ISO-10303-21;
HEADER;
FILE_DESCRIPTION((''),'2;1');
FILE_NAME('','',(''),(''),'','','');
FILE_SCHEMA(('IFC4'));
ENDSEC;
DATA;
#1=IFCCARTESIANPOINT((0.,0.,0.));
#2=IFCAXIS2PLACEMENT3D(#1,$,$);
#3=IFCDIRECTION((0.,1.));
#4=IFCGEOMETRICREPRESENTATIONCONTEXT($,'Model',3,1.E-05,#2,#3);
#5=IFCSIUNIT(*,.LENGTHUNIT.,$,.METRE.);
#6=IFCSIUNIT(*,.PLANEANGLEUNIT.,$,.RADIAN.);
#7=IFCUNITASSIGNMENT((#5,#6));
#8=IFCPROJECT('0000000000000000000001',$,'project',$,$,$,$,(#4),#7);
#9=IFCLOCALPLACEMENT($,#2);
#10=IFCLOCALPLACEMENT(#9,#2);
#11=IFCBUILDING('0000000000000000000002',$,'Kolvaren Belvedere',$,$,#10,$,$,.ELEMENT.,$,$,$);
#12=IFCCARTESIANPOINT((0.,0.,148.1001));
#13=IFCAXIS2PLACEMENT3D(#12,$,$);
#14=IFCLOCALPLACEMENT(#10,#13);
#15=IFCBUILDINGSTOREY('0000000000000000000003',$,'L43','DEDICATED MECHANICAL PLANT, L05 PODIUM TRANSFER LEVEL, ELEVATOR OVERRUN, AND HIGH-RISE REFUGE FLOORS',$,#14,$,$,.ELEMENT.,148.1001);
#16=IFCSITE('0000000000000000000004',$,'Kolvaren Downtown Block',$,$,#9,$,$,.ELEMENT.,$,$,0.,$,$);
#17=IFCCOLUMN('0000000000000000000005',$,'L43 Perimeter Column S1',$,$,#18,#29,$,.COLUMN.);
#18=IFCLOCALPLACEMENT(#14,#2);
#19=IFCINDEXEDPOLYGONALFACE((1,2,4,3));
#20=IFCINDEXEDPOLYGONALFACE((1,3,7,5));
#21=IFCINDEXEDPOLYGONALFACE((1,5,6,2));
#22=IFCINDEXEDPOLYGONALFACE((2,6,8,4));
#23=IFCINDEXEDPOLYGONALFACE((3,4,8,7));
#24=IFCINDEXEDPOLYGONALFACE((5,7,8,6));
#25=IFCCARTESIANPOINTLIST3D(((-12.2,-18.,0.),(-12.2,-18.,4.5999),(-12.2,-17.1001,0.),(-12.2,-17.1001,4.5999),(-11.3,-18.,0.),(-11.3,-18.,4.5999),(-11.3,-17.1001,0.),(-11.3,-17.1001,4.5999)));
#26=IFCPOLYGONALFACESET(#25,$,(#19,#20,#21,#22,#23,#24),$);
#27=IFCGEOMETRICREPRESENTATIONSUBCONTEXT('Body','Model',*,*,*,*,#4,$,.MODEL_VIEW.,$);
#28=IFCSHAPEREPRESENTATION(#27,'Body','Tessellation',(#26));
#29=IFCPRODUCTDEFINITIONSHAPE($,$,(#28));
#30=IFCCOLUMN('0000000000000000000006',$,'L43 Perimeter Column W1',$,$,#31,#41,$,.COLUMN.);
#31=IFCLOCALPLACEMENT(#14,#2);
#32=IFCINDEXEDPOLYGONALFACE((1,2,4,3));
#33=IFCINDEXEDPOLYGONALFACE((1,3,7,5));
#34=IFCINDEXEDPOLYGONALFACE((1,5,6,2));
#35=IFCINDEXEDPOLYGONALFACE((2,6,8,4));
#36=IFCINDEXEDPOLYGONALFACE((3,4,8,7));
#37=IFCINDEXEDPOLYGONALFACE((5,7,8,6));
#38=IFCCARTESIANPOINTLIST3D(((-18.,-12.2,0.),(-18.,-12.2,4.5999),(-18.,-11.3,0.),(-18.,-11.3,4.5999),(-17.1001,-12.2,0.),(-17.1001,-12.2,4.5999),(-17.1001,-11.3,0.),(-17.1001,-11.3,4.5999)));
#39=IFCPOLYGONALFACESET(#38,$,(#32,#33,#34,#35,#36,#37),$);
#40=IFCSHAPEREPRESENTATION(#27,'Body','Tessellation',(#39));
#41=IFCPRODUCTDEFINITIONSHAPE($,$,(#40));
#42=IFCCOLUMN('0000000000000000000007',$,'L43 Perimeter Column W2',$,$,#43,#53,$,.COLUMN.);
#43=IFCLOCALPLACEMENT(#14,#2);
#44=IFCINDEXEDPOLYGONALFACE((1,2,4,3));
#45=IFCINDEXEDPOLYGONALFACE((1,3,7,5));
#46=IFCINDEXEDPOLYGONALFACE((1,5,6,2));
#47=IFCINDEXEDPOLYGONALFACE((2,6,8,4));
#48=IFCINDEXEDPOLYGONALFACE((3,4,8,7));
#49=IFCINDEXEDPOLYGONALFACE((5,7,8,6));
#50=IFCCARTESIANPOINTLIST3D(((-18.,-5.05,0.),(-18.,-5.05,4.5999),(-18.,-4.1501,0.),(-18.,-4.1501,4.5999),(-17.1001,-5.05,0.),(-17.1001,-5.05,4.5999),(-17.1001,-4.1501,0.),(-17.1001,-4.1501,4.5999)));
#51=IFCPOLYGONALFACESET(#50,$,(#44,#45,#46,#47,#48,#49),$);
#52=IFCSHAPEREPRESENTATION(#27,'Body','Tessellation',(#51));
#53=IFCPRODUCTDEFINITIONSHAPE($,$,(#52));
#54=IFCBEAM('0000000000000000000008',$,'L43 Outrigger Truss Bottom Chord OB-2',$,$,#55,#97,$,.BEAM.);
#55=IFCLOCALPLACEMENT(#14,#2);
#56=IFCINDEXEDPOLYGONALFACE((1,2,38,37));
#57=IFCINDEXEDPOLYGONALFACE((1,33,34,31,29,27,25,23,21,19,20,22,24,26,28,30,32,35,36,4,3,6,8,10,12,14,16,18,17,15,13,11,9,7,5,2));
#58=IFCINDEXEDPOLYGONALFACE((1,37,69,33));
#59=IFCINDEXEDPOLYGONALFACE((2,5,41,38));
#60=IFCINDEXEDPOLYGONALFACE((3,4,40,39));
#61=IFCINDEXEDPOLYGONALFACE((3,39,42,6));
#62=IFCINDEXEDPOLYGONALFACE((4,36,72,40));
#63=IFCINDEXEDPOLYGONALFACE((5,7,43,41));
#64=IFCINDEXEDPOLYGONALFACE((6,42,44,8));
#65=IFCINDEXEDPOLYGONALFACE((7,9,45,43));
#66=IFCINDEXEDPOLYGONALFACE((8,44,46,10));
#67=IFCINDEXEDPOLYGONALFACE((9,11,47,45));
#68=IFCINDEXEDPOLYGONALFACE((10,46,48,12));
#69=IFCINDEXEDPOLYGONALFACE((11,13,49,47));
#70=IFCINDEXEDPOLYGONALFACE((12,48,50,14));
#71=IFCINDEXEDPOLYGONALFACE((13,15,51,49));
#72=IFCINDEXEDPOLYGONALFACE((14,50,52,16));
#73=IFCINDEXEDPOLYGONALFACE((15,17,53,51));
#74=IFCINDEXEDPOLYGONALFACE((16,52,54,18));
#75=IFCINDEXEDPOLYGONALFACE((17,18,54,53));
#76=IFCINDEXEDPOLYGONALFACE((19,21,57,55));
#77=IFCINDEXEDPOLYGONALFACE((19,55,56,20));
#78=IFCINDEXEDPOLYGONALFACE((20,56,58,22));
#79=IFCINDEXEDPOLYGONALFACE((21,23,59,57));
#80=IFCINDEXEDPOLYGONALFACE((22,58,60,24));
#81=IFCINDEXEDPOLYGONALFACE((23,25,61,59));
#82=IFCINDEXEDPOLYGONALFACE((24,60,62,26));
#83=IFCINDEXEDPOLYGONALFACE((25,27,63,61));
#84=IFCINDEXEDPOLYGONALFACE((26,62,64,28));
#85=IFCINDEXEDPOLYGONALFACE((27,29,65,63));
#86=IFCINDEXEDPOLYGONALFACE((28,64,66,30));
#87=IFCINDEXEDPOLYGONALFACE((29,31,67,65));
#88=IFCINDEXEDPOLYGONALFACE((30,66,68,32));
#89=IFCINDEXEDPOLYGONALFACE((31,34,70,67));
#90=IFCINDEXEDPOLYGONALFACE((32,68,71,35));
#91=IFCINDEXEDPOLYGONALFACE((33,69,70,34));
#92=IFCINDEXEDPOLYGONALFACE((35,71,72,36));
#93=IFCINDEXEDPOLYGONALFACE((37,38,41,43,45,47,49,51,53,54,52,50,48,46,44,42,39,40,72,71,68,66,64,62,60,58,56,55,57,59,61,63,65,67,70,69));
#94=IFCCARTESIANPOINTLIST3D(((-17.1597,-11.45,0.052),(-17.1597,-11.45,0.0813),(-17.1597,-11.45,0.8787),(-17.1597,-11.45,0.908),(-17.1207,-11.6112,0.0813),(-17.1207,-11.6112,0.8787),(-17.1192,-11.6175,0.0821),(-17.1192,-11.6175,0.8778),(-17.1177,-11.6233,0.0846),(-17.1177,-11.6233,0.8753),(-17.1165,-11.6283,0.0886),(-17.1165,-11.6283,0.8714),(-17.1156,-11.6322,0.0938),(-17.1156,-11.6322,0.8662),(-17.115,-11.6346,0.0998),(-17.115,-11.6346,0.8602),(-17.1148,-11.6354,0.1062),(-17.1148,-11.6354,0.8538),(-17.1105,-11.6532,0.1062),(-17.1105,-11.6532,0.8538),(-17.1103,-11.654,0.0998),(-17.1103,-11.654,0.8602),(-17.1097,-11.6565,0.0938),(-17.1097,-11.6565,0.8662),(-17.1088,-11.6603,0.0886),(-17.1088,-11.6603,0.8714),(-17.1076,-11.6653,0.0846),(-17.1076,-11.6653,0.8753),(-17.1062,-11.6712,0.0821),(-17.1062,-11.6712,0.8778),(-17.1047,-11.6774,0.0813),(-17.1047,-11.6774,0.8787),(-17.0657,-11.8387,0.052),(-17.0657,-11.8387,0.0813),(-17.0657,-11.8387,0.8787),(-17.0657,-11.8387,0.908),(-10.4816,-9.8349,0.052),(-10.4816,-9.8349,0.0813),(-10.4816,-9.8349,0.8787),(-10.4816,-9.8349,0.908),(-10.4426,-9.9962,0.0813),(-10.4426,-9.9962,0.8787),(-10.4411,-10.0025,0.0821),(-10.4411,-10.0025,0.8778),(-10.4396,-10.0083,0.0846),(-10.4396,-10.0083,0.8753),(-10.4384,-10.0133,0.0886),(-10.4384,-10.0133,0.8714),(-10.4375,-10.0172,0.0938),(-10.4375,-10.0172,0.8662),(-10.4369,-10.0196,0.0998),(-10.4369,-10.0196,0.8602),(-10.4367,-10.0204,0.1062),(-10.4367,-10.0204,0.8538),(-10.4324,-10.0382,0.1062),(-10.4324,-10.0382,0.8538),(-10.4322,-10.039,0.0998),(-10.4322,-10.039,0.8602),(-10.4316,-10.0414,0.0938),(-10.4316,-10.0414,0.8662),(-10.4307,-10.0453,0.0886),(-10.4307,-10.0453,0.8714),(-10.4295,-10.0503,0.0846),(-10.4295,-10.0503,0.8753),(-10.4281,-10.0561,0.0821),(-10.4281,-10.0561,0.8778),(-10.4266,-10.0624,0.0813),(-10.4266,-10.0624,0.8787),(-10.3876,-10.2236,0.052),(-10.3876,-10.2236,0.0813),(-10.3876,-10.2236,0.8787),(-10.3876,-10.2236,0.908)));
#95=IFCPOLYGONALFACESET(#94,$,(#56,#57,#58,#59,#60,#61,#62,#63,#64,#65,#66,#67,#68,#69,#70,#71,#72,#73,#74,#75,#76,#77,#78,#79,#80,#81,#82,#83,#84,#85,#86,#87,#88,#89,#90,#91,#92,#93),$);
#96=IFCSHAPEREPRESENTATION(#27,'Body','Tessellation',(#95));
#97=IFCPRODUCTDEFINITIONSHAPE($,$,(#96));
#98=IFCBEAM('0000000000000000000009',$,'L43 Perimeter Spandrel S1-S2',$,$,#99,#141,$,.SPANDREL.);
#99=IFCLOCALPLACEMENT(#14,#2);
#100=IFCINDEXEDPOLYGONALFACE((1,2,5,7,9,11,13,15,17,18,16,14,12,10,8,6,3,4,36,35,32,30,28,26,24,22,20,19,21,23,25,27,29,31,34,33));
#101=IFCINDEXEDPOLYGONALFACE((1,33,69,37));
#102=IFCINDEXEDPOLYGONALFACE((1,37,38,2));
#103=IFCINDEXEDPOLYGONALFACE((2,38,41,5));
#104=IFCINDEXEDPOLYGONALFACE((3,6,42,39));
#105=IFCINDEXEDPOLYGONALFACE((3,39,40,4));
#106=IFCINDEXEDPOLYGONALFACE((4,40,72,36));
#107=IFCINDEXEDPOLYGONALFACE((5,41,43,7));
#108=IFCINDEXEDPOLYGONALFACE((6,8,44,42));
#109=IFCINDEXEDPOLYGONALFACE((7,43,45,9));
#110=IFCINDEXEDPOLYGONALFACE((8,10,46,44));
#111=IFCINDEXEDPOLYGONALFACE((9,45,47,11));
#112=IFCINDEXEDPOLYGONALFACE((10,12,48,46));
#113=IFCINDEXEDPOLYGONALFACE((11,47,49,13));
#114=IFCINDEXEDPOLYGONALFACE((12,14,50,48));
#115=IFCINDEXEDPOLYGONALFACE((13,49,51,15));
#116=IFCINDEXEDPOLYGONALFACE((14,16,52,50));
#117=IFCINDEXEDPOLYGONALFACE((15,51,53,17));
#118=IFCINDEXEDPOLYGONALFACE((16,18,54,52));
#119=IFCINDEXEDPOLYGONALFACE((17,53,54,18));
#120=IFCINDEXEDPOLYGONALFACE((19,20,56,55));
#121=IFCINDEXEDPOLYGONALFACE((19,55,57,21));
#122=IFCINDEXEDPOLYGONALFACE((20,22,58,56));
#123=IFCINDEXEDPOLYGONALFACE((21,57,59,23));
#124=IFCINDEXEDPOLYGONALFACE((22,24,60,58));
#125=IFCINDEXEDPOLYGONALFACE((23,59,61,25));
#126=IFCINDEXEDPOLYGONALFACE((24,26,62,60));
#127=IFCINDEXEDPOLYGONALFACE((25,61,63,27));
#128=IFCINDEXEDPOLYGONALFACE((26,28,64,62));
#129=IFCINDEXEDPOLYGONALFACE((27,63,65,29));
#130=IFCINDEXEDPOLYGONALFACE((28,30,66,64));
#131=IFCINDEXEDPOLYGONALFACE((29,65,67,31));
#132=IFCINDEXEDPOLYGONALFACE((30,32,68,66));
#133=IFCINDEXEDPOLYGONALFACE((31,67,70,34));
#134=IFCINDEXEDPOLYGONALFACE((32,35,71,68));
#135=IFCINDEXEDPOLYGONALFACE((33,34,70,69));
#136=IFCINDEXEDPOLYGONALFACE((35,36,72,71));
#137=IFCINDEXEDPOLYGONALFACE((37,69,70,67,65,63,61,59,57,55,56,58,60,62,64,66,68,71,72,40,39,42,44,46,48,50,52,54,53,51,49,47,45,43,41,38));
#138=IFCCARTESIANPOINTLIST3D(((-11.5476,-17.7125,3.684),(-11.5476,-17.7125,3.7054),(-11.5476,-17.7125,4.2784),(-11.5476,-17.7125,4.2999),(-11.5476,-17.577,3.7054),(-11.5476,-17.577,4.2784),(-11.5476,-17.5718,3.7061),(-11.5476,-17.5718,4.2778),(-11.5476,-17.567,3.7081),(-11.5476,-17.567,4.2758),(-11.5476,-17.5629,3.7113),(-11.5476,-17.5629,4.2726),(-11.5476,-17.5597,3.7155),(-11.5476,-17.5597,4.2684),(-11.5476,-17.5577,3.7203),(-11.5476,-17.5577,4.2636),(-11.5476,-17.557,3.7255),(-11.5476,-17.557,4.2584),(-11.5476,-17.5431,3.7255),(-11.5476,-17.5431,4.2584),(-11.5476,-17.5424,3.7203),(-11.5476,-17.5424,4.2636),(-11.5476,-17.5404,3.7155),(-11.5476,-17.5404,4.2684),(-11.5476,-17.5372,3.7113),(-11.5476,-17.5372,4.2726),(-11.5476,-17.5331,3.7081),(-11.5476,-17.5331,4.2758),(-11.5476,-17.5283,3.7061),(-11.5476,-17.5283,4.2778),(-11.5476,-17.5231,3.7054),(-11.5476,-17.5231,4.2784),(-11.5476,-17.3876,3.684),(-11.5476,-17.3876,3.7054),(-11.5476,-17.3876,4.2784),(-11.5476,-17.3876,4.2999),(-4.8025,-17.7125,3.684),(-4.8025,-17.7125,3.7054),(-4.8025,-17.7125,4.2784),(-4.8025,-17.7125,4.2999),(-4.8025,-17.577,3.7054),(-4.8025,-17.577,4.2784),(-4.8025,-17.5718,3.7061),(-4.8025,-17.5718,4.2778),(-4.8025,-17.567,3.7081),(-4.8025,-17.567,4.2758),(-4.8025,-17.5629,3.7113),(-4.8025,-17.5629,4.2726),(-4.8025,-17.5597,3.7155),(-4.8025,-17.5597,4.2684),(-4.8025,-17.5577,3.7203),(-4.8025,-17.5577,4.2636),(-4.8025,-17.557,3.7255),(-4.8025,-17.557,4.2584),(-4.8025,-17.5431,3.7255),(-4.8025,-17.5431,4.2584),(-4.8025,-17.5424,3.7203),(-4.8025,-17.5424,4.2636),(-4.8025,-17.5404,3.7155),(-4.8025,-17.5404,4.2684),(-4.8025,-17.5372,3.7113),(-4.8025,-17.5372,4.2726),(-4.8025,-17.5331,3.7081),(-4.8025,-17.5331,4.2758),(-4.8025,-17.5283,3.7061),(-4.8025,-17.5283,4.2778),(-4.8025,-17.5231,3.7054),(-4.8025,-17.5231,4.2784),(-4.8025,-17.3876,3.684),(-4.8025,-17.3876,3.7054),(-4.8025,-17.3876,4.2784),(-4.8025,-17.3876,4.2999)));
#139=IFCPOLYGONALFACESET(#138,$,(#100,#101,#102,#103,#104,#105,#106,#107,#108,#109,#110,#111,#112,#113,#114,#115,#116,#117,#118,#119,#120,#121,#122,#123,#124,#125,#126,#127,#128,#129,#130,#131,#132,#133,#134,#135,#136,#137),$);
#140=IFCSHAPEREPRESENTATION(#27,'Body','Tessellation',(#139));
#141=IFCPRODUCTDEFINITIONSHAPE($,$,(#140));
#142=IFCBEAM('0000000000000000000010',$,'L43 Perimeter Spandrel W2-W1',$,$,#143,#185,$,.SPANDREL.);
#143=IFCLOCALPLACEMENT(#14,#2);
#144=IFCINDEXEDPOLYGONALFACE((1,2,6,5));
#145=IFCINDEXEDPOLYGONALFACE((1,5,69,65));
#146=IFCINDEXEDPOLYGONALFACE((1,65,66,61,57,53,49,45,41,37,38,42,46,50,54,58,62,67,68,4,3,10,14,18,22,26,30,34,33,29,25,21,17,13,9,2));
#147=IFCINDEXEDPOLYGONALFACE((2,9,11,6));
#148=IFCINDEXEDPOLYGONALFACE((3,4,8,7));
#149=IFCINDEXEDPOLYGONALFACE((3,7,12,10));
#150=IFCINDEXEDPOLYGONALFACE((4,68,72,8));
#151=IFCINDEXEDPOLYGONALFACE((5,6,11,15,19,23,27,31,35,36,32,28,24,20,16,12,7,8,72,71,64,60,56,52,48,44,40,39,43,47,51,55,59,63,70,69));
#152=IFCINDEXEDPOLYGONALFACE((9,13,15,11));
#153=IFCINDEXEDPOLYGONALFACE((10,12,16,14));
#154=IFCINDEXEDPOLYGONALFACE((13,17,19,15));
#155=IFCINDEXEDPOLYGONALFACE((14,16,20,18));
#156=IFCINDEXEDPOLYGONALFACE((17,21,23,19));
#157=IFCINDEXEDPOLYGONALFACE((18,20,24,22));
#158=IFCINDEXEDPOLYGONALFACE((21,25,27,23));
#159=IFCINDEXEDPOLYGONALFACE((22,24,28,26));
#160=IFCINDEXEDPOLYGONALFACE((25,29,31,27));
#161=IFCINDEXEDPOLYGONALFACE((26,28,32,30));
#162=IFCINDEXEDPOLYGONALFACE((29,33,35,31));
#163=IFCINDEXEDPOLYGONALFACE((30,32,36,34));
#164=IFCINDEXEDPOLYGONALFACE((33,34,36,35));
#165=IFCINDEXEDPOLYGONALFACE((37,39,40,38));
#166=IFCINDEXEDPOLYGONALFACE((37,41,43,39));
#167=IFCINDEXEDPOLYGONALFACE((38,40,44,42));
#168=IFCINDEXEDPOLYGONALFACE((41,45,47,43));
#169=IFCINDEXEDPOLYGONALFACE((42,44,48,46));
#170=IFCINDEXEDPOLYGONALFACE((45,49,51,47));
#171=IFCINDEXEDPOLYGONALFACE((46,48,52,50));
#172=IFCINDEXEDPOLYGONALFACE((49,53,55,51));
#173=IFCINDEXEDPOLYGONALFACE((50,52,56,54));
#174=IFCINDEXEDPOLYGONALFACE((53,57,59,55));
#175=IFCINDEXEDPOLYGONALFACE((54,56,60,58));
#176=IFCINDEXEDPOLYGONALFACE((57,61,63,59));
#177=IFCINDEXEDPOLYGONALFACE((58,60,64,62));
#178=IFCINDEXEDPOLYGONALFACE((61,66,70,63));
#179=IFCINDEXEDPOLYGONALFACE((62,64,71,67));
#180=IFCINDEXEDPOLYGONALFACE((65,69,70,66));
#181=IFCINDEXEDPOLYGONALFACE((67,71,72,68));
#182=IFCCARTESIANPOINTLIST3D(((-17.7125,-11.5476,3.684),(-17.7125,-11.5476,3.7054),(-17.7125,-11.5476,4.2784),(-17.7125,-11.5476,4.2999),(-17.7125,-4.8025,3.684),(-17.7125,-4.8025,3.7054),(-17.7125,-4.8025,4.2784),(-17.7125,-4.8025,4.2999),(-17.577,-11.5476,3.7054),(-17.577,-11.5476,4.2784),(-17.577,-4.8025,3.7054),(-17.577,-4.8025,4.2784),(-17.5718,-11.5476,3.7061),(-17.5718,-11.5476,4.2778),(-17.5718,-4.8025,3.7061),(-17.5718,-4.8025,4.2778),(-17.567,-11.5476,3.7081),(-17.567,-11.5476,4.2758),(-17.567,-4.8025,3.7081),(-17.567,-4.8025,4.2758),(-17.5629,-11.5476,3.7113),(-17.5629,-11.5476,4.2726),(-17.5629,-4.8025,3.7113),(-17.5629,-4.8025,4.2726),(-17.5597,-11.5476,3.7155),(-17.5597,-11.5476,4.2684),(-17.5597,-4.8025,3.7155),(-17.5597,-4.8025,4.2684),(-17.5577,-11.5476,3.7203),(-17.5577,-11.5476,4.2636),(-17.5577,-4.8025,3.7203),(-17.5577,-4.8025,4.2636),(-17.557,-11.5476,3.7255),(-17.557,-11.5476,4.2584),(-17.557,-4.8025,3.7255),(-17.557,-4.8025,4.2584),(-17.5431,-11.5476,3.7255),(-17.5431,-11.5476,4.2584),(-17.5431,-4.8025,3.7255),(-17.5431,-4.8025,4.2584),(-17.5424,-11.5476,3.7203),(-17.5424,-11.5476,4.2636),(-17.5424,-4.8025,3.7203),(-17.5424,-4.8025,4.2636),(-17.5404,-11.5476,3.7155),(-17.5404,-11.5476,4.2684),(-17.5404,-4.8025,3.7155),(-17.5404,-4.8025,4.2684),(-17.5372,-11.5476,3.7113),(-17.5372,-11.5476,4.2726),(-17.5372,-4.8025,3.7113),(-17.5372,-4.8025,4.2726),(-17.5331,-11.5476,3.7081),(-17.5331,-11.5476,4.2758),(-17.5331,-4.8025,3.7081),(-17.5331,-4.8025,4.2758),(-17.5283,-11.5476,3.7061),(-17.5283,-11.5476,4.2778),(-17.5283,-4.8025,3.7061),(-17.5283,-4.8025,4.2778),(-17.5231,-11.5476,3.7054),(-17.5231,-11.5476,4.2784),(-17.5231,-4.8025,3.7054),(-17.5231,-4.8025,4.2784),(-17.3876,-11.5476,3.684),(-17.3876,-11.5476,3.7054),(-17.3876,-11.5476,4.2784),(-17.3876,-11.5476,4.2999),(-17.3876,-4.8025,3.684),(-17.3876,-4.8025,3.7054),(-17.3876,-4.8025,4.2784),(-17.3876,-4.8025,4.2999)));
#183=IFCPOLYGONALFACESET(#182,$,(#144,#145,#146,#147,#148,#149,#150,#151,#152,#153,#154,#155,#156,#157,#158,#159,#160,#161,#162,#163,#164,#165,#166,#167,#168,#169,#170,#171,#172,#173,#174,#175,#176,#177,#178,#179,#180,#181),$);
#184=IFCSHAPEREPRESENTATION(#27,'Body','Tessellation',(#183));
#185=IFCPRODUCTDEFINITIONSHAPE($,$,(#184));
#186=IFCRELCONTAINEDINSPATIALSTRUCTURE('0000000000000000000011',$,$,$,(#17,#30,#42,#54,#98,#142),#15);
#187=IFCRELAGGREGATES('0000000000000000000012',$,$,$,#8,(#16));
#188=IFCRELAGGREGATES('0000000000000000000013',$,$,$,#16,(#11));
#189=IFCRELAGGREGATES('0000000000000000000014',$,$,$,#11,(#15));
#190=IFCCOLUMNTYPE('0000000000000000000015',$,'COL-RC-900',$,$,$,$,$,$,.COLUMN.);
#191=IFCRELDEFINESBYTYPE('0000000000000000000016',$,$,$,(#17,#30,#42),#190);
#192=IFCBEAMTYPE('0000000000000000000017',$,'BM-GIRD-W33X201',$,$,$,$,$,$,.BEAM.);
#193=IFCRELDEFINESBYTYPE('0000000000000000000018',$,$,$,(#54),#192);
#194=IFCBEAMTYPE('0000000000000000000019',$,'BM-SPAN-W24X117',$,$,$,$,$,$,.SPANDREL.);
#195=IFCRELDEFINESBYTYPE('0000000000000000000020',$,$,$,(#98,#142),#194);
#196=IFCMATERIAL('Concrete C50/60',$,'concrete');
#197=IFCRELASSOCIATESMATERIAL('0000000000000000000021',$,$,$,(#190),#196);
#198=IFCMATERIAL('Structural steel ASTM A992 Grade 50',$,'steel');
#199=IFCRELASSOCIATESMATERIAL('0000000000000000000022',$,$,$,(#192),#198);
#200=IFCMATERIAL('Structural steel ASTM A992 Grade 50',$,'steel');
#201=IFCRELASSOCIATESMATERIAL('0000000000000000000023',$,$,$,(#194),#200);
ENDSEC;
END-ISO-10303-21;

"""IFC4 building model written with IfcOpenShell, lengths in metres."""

from ifc_helpers import new_model, si_unit, direction, frame, origin, origin_2d, place, context, subcontext, project, spatial, rectangle, i_section, extrude, material, material_profile, profile_set, type_object, element, save


model = new_model("IFC4")

# Units and contexts
model_context = context("Model", 3, precision=1e-05, world=origin(), true_north=direction((0.0, 1.0)))
body_context = subcontext(model_context, "Body", "Model", "MODEL_VIEW")
ifc_project = project(units=[si_unit("LENGTHUNIT", "METRE"), si_unit("PLANEANGLEUNIT", "RADIAN")], contexts=[model_context])

# Site, building, storey
site_placement = place(None, origin())
site = spatial("IfcSite", under=ifc_project, at=site_placement, Name="Kolvaren Downtown Block", CompositionType="ELEMENT", RefElevation=0.0)
building_placement = place(site_placement, origin())
building = spatial("IfcBuilding", under=site, at=building_placement, Name="Kolvaren Belvedere", CompositionType="ELEMENT")
storey_placement = place(building_placement, frame((0.0, 0.0, 148.1001)))
storey = spatial("IfcBuildingStorey", under=building, at=storey_placement, Name="L43", Description="DEDICATED MECHANICAL PLANT, L05 PODIUM TRANSFER LEVEL, ELEVATOR OVERRUN, AND HIGH-RISE REFUGE FLOORS", CompositionType="ELEMENT", Elevation=148.1001)

# Columns
ifc_material_1 = material(Name="Concrete C50/60", Category="concrete")
ifc_material_profile_1 = material_profile(ifc_material_1, rectangle(XDim=0.8999, YDim=0.8999, at=origin_2d()), Name="RC 900X900")
ifc_profile_set_1 = profile_set([ifc_material_profile_1], Name="Concrete C50/60")
column_type = type_object("IfcColumnType", Name="COL-RC-900", PredefinedType="COLUMN", material=ifc_profile_set_1)
for number, where, z_axis, x_axis, name in (
    (1, (-11.75, -17.55, 0.0), (0.0, 0.0, 1.0), (1.0, 0.0, 0.0), "L43 Perimeter Column S1"),
    (2, (-17.55, -11.75, 0.0), (0.0, 0.0, 1.0), (1.0, 0.0, 0.0), "L43 Perimeter Column W1"),
    (3, (-17.55, -4.6001, 0.0), (0.0, 0.0, 1.0), (1.0, 0.0, 0.0), "L43 Perimeter Column W2"),
):
    element("IfcColumn", number, at=place(storey_placement, frame(where, z_axis=z_axis, x_axis=x_axis)), inside=storey, type_object=column_type, Name=name, PredefinedType="COLUMN", context=body_context, shape_type="SweptSolid", body=[
        extrude(rectangle(XDim=0.8999, YDim=0.8999, at=origin_2d()), origin(), (0.0, 0.0, 1.0), 4.5999),
    ])

# Beams
ifc_material_2 = material(Name="Structural steel ASTM A992 Grade 50", Category="steel")
ifc_material_profile_2 = material_profile(ifc_material_2, i_section(OverallWidth=0.3999, OverallDepth=0.856, WebThickness=0.0183, FlangeThickness=0.0293, FilletRadius=0.0249, at=origin_2d()), Name="W33X201")
ifc_profile_set_2 = profile_set([ifc_material_profile_2], Name="Structural steel ASTM A992 Grade 50")
beam_type_1 = type_object("IfcBeamType", Name="BM-GIRD-W33X201", PredefinedType="BEAM", material=ifc_profile_set_2)
beam_1_placement = place(storey_placement, frame((-10.4346, -10.0293, 0.48), z_axis=(-0.97198, -0.235062, 0.0), x_axis=(0.235062, -0.97198, 0.0)))
element("IfcBeam", 4, at=beam_1_placement, inside=storey, type_object=beam_type_1, Name="L43 Outrigger Truss Bottom Chord OB-2", PredefinedType="BEAM", context=body_context, shape_type="SweptSolid", body=[
    extrude(i_section(OverallWidth=0.3999, OverallDepth=0.856, WebThickness=0.0183, FlangeThickness=0.0293, FilletRadius=0.0249, at=origin_2d()), origin(), (0.0, 0.0, 1.0), 6.8706),
])
ifc_material_3 = material(Name="Structural steel ASTM A992 Grade 50", Category="steel")
ifc_material_profile_3 = material_profile(ifc_material_3, i_section(OverallWidth=0.325, OverallDepth=0.616, WebThickness=0.0139, FlangeThickness=0.0215, FilletRadius=0.02, at=origin_2d()), Name="W24X117")
ifc_profile_set_3 = profile_set([ifc_material_profile_3], Name="Structural steel ASTM A992 Grade 50")
beam_type_2 = type_object("IfcBeamType", Name="BM-SPAN-W24X117", PredefinedType="SPANDREL", material=ifc_profile_set_3)
for number, where, z_axis, x_axis, name in (
    (5, (-11.5476, -17.55, 3.9919), (1.0, 0.0, 0.0), (0.0, 1.0, 0.0), "L43 Perimeter Spandrel S1-S2"),
    (6, (-17.55, -4.8025, 3.9919), (0.0, -1.0, 0.0), (1.0, 0.0, 0.0), "L43 Perimeter Spandrel W2-W1"),
):
    element("IfcBeam", number, at=place(storey_placement, frame(where, z_axis=z_axis, x_axis=x_axis)), inside=storey, type_object=beam_type_2, Name=name, PredefinedType="SPANDREL", context=body_context, shape_type="SweptSolid", body=[
        extrude(i_section(OverallWidth=0.325, OverallDepth=0.616, WebThickness=0.0139, FlangeThickness=0.0215, FilletRadius=0.02, at=origin_2d()), origin(), (0.0, 0.0, 1.0), 6.7451),
    ])

save(model, "model.ifc")
